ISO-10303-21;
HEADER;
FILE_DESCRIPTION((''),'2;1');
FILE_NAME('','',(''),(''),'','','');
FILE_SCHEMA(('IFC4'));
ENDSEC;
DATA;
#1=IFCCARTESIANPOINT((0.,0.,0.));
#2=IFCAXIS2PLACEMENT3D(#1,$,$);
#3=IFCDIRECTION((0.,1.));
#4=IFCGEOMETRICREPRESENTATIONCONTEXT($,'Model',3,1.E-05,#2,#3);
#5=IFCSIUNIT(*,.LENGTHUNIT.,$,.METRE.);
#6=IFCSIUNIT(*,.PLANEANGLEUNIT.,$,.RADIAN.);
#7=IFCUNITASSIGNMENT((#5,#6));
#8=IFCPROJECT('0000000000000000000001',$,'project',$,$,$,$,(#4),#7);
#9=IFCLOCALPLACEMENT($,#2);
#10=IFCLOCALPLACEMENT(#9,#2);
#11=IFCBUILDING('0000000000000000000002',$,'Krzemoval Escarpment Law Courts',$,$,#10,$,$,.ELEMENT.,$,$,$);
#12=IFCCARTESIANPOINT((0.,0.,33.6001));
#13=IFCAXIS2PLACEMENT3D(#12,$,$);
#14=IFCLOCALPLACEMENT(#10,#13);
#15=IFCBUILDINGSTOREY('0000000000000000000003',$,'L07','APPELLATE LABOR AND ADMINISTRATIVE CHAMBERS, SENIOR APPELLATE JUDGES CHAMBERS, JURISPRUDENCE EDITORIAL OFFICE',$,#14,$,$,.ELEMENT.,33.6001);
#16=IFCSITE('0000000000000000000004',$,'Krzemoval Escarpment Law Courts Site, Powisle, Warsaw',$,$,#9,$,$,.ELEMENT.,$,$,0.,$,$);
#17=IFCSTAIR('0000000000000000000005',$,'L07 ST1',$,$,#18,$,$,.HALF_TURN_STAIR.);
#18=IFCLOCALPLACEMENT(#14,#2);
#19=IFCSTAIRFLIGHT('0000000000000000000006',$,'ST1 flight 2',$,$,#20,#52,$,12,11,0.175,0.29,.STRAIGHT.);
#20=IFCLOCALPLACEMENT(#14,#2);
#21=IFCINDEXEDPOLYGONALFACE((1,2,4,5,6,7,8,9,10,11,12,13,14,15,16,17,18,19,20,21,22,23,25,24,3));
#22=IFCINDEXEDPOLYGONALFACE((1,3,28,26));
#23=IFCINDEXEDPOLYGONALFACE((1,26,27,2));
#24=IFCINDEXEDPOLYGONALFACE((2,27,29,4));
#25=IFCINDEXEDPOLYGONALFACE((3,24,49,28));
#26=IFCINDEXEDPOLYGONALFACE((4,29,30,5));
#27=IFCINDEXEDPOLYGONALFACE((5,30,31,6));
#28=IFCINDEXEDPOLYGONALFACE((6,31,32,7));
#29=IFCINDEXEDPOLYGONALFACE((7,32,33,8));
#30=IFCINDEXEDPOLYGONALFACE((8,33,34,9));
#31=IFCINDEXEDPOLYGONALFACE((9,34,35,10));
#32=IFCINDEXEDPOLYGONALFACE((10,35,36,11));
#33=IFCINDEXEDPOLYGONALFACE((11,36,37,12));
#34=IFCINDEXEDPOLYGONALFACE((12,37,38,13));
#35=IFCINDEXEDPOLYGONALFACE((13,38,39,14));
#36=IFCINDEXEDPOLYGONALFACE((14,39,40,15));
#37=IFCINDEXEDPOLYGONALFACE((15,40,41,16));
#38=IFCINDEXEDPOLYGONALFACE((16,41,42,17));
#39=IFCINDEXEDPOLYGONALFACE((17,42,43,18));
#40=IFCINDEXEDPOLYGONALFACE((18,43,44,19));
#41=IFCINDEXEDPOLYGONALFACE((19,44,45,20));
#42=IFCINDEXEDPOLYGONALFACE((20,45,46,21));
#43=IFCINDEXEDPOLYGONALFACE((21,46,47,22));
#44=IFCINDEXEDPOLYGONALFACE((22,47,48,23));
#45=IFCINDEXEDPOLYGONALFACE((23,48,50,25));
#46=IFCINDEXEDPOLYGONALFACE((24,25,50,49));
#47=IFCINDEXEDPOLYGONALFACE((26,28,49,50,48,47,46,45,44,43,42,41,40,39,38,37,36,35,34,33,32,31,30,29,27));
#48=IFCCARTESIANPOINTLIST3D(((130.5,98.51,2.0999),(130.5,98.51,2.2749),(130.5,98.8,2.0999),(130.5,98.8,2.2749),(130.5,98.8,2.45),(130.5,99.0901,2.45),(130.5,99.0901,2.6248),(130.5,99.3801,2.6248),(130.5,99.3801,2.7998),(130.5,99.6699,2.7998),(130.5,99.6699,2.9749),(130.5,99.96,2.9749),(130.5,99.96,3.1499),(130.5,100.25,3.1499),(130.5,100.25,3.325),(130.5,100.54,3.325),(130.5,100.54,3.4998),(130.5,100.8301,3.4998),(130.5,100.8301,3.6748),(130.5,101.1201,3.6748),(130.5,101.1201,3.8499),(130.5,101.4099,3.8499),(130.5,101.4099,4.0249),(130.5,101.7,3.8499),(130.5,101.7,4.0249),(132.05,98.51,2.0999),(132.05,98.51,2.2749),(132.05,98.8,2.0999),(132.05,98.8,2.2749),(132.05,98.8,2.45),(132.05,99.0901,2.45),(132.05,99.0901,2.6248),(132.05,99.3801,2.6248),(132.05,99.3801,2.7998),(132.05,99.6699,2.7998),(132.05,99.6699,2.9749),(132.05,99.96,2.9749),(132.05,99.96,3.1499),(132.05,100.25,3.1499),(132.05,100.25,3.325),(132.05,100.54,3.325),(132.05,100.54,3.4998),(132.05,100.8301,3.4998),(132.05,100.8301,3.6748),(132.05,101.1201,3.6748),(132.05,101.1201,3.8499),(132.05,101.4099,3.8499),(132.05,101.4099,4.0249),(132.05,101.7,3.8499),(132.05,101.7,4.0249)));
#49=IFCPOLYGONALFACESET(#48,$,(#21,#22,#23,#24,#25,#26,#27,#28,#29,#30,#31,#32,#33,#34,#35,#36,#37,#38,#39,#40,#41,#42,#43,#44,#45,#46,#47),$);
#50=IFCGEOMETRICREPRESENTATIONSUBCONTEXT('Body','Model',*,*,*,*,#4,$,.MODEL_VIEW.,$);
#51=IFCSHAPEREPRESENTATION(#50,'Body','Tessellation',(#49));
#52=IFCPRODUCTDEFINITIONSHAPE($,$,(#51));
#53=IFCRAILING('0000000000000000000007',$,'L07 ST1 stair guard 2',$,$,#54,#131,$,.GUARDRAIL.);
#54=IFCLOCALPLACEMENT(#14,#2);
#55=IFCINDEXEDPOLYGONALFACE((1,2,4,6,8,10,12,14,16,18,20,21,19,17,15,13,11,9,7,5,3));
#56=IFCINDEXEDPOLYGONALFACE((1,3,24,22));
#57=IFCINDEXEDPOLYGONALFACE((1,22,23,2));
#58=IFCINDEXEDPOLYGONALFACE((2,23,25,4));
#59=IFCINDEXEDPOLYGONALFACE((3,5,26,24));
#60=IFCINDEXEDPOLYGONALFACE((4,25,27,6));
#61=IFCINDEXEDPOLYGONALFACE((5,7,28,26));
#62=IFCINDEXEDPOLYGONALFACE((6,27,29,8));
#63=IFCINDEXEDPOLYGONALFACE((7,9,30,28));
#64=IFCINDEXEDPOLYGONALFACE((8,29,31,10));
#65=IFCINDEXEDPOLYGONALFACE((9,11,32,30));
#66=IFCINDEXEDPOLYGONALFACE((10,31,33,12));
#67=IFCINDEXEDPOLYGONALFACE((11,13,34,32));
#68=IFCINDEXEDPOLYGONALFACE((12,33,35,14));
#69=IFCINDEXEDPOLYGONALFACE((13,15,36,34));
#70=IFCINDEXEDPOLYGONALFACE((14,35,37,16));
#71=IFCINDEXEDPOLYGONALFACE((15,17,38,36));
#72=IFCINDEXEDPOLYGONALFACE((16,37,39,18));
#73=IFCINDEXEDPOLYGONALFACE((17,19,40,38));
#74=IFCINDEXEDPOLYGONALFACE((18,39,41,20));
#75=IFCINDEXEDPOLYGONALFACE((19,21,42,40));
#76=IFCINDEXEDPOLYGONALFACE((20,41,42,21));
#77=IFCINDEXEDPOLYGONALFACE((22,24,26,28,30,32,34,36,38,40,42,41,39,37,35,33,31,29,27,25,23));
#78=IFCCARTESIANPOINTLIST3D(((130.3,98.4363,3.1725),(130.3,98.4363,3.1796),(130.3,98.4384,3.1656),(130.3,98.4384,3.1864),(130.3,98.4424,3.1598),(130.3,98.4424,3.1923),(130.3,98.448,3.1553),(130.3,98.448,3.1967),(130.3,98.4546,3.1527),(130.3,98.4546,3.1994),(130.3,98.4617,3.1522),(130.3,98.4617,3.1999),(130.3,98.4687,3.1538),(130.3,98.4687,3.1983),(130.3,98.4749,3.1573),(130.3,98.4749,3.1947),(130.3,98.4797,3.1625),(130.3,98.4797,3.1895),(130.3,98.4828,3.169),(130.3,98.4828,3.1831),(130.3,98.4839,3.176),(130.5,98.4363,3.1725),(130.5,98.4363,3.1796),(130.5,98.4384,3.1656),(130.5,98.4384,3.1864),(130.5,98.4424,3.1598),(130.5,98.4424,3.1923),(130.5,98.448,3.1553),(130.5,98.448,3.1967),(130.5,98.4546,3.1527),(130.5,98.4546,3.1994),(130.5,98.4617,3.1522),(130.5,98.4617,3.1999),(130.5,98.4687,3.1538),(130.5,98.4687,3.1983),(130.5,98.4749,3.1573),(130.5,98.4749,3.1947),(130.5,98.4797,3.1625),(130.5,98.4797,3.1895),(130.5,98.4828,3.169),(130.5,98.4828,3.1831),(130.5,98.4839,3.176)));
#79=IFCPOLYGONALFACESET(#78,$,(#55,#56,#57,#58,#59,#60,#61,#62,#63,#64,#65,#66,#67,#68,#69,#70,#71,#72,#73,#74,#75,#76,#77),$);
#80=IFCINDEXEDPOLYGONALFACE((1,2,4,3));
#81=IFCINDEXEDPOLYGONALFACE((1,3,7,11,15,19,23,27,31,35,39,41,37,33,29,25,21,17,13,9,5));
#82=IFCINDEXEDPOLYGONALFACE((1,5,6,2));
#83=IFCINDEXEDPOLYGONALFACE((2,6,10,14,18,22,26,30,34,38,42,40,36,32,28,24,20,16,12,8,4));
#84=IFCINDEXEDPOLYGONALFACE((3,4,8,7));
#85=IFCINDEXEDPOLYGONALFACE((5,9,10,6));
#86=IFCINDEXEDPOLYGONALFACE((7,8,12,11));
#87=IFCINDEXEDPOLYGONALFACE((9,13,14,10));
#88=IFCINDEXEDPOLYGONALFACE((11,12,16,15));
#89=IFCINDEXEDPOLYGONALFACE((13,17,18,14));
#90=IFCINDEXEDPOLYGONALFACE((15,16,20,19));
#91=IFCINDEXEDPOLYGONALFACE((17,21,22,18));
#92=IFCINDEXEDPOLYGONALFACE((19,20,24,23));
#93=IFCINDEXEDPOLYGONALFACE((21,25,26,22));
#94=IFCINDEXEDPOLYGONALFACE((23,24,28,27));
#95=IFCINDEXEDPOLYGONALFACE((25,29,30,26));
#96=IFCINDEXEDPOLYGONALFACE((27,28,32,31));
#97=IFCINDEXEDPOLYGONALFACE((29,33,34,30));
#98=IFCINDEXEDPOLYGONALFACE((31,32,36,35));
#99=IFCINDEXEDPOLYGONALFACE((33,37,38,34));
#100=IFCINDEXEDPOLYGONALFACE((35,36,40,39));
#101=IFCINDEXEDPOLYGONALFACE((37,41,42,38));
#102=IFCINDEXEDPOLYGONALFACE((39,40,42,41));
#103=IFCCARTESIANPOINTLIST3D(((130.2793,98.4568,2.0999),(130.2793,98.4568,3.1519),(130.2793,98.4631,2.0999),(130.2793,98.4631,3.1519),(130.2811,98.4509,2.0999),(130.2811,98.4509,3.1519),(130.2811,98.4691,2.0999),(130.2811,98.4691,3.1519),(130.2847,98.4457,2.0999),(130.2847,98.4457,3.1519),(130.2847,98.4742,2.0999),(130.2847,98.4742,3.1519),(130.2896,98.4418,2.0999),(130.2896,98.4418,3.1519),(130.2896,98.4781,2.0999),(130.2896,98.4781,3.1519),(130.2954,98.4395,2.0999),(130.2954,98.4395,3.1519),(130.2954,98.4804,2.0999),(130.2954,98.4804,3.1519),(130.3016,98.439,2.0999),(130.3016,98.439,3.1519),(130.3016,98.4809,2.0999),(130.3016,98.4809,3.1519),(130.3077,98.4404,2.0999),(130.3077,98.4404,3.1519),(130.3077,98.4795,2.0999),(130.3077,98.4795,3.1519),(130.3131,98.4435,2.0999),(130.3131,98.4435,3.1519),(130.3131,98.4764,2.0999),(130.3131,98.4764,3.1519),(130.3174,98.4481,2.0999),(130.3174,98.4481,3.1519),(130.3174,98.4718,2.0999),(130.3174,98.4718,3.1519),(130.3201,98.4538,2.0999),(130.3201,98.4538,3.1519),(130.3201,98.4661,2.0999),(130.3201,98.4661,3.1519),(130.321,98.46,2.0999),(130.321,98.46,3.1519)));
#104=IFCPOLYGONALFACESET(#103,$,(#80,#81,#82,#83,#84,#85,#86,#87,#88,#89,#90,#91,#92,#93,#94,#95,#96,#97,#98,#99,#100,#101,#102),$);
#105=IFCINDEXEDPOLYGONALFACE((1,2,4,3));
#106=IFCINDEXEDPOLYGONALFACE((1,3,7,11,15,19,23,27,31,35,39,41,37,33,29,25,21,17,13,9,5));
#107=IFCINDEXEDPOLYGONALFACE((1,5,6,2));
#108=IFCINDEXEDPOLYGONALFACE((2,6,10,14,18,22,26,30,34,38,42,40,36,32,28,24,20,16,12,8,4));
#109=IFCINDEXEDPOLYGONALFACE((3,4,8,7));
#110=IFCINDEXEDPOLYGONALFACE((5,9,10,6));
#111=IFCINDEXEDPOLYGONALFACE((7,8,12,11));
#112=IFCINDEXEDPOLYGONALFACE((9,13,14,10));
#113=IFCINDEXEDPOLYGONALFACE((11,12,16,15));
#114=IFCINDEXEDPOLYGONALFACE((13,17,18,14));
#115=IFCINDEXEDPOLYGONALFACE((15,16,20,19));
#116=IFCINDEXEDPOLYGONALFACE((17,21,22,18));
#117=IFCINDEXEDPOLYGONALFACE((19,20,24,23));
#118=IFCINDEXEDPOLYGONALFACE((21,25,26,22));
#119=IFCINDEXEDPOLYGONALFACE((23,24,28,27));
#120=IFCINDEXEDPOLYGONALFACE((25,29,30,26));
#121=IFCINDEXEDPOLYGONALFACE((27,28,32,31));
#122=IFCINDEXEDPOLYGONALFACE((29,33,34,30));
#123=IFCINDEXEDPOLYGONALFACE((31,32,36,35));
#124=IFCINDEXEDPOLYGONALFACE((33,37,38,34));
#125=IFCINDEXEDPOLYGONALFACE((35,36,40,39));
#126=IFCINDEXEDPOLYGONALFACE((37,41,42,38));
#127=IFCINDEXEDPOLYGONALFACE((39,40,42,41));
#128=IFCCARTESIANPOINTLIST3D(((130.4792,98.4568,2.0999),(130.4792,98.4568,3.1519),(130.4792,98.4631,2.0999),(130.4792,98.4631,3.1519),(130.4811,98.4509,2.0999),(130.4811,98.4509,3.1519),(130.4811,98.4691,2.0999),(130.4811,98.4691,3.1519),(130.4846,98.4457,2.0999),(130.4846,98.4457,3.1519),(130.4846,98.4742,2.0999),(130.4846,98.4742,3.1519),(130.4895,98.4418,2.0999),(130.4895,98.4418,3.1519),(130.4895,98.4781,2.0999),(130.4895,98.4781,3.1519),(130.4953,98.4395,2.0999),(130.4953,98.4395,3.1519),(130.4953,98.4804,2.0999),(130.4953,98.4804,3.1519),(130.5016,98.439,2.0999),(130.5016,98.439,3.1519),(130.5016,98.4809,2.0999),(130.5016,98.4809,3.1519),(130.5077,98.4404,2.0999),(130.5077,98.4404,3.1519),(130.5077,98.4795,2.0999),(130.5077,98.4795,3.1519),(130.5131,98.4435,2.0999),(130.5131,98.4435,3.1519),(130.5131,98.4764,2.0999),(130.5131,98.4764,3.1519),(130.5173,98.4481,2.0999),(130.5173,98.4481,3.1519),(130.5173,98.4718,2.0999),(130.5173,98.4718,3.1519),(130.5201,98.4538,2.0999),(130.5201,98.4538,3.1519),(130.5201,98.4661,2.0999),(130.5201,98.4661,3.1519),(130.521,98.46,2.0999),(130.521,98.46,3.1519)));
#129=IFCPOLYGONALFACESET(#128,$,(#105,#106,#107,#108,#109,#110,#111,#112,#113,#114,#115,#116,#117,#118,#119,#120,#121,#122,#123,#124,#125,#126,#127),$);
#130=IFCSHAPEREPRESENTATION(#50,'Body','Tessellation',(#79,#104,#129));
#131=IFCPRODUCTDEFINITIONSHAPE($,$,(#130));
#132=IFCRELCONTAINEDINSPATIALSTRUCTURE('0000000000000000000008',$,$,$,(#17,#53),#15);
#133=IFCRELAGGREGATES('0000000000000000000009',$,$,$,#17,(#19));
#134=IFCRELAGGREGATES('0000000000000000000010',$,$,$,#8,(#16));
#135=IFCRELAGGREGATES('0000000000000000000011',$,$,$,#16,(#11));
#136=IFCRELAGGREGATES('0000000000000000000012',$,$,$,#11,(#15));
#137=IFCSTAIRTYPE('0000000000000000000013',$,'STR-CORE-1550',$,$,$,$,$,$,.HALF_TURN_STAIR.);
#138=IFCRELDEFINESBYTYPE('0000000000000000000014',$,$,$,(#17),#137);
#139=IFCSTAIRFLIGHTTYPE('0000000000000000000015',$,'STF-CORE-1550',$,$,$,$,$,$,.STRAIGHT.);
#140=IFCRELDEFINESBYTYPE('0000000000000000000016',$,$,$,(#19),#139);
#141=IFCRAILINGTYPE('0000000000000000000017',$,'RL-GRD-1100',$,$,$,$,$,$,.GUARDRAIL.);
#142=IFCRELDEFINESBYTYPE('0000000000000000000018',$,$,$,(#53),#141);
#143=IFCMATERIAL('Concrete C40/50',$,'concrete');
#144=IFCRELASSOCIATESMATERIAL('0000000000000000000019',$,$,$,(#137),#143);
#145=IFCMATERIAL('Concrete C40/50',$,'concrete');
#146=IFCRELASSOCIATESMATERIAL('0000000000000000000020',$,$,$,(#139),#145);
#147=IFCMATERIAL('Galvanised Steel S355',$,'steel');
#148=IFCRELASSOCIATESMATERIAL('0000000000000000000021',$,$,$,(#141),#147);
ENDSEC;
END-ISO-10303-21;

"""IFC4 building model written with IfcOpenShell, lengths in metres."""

from ifc_helpers import new_model, si_unit, direction, frame, origin, origin_2d, place, context, subcontext, project, spatial, polyline, circle, outline, extrude, material, type_object, element, aggregate, save


model = new_model("IFC4")

# Units and contexts
model_context = context("Model", 3, precision=1e-05, world=origin(), true_north=direction((0.0, 1.0)))
body_context = subcontext(model_context, "Body", "Model", "MODEL_VIEW")
ifc_project = project(units=[si_unit("LENGTHUNIT", "METRE"), si_unit("PLANEANGLEUNIT", "RADIAN")], contexts=[model_context])

# Site, building, storey
site_placement = place(None, origin())
site = spatial("IfcSite", under=ifc_project, at=site_placement, Name="Krzemoval Escarpment Law Courts Site, Powisle, Warsaw", CompositionType="ELEMENT", RefElevation=0.0)
building_placement = place(site_placement, origin())
building = spatial("IfcBuilding", under=site, at=building_placement, Name="Krzemoval Escarpment Law Courts", CompositionType="ELEMENT")
storey_placement = place(building_placement, frame((0.0, 0.0, 33.6001)))
storey = spatial("IfcBuildingStorey", under=building, at=storey_placement, Name="L07", Description="APPELLATE LABOR AND ADMINISTRATIVE CHAMBERS, SENIOR APPELLATE JUDGES CHAMBERS, JURISPRUDENCE EDITORIAL OFFICE", CompositionType="ELEMENT", Elevation=33.6001)

# Stair, stair flight
ifc_material_1 = material(Name="Concrete C40/50", Category="concrete")
stair_type = type_object("IfcStairType", Name="STR-CORE-1550", PredefinedType="HALF_TURN_STAIR", material=ifc_material_1)
stair_placement = place(storey_placement, origin())
stair = element("IfcStair", 1, at=stair_placement, inside=storey, type_object=stair_type, Name="L07 ST1", PredefinedType="HALF_TURN_STAIR")
ifc_material_2 = material(Name="Concrete C40/50", Category="concrete")
stair_flight_type = type_object("IfcStairFlightType", Name="STF-CORE-1550", PredefinedType="STRAIGHT", material=ifc_material_2)
stair_flight_placement = place(storey_placement, frame((131.2749, 98.51, 2.0999), z_axis=(0.0, 0.0, 1.0), x_axis=(0.0, 1.0, 0.0)))
stair_flight = element("IfcStairFlight", 2, at=stair_flight_placement, type_object=stair_flight_type, Name="ST1 flight 2", NumberOfRisers=12, NumberOfTreads=11, PredefinedType="STRAIGHT", RiserHeight=0.175, TreadLength=0.29, context=body_context, shape_type="SweptSolid", body=[
    extrude(outline(polyline([(0.0, 0.0), (0.0, 0.175), (0.29, 0.175), (0.29, 0.3501), (0.5801, 0.3501), (0.5801, 0.5249), (0.8701, 0.5249), (0.8701, 0.7), (1.1599, 0.7), (1.1599, 0.875), (1.45, 0.875), (1.45, 1.05), (1.74, 1.05), (1.74, 1.2251), (2.03, 1.2251), (2.03, 1.3999), (2.3201, 1.3999), (2.3201, 1.575), (2.6101, 1.575), (2.6101, 1.75), (2.8999, 1.75), (2.8999, 1.925), (3.1899, 1.925), (3.1899, 2.1001), (3.1899, 1.75), (0.29, 0.0), (0.0, 0.0)])), frame((0.0, 0.7749, 0.0), z_axis=(0.0, -1.0, 0.0), x_axis=(1.0, 0.0, 0.0)), (0.0, 0.0, 1.0), 1.55),
])
aggregate(stair, [stair_flight])

# Railing
ifc_material_3 = material(Name="Galvanised Steel S355", Category="steel")
railing_type_1 = type_object("IfcRailingType", Name="RL-GRD-1100", PredefinedType="GUARDRAIL", material=ifc_material_3)
railing_1_placement = place(storey_placement, frame((130.3, 98.46, 2.0999)))
element("IfcRailing", 3, at=railing_1_placement, inside=storey, type_object=railing_type_1, Name="L07 ST1 stair guard 2", PredefinedType="GUARDRAIL", context=body_context, shape_type="SweptSolid", body=[
    extrude(circle(Radius=0.0239, at=origin_2d()), frame((0.0, 0.0, 1.0762), z_axis=(1.0, 0.0, 0.0), x_axis=(0.0, 1.0, 0.0)), (0.0, 0.0, 1.0), 0.2),
    extrude(circle(Radius=0.021, at=origin_2d()), origin(), (0.0, 0.0, 1.0), 1.052),
    extrude(circle(Radius=0.021, at=origin_2d()), frame((0.2, 0.0, 0.0)), (0.0, 0.0, 1.0), 1.052),
])

save(model, "model.ifc")
